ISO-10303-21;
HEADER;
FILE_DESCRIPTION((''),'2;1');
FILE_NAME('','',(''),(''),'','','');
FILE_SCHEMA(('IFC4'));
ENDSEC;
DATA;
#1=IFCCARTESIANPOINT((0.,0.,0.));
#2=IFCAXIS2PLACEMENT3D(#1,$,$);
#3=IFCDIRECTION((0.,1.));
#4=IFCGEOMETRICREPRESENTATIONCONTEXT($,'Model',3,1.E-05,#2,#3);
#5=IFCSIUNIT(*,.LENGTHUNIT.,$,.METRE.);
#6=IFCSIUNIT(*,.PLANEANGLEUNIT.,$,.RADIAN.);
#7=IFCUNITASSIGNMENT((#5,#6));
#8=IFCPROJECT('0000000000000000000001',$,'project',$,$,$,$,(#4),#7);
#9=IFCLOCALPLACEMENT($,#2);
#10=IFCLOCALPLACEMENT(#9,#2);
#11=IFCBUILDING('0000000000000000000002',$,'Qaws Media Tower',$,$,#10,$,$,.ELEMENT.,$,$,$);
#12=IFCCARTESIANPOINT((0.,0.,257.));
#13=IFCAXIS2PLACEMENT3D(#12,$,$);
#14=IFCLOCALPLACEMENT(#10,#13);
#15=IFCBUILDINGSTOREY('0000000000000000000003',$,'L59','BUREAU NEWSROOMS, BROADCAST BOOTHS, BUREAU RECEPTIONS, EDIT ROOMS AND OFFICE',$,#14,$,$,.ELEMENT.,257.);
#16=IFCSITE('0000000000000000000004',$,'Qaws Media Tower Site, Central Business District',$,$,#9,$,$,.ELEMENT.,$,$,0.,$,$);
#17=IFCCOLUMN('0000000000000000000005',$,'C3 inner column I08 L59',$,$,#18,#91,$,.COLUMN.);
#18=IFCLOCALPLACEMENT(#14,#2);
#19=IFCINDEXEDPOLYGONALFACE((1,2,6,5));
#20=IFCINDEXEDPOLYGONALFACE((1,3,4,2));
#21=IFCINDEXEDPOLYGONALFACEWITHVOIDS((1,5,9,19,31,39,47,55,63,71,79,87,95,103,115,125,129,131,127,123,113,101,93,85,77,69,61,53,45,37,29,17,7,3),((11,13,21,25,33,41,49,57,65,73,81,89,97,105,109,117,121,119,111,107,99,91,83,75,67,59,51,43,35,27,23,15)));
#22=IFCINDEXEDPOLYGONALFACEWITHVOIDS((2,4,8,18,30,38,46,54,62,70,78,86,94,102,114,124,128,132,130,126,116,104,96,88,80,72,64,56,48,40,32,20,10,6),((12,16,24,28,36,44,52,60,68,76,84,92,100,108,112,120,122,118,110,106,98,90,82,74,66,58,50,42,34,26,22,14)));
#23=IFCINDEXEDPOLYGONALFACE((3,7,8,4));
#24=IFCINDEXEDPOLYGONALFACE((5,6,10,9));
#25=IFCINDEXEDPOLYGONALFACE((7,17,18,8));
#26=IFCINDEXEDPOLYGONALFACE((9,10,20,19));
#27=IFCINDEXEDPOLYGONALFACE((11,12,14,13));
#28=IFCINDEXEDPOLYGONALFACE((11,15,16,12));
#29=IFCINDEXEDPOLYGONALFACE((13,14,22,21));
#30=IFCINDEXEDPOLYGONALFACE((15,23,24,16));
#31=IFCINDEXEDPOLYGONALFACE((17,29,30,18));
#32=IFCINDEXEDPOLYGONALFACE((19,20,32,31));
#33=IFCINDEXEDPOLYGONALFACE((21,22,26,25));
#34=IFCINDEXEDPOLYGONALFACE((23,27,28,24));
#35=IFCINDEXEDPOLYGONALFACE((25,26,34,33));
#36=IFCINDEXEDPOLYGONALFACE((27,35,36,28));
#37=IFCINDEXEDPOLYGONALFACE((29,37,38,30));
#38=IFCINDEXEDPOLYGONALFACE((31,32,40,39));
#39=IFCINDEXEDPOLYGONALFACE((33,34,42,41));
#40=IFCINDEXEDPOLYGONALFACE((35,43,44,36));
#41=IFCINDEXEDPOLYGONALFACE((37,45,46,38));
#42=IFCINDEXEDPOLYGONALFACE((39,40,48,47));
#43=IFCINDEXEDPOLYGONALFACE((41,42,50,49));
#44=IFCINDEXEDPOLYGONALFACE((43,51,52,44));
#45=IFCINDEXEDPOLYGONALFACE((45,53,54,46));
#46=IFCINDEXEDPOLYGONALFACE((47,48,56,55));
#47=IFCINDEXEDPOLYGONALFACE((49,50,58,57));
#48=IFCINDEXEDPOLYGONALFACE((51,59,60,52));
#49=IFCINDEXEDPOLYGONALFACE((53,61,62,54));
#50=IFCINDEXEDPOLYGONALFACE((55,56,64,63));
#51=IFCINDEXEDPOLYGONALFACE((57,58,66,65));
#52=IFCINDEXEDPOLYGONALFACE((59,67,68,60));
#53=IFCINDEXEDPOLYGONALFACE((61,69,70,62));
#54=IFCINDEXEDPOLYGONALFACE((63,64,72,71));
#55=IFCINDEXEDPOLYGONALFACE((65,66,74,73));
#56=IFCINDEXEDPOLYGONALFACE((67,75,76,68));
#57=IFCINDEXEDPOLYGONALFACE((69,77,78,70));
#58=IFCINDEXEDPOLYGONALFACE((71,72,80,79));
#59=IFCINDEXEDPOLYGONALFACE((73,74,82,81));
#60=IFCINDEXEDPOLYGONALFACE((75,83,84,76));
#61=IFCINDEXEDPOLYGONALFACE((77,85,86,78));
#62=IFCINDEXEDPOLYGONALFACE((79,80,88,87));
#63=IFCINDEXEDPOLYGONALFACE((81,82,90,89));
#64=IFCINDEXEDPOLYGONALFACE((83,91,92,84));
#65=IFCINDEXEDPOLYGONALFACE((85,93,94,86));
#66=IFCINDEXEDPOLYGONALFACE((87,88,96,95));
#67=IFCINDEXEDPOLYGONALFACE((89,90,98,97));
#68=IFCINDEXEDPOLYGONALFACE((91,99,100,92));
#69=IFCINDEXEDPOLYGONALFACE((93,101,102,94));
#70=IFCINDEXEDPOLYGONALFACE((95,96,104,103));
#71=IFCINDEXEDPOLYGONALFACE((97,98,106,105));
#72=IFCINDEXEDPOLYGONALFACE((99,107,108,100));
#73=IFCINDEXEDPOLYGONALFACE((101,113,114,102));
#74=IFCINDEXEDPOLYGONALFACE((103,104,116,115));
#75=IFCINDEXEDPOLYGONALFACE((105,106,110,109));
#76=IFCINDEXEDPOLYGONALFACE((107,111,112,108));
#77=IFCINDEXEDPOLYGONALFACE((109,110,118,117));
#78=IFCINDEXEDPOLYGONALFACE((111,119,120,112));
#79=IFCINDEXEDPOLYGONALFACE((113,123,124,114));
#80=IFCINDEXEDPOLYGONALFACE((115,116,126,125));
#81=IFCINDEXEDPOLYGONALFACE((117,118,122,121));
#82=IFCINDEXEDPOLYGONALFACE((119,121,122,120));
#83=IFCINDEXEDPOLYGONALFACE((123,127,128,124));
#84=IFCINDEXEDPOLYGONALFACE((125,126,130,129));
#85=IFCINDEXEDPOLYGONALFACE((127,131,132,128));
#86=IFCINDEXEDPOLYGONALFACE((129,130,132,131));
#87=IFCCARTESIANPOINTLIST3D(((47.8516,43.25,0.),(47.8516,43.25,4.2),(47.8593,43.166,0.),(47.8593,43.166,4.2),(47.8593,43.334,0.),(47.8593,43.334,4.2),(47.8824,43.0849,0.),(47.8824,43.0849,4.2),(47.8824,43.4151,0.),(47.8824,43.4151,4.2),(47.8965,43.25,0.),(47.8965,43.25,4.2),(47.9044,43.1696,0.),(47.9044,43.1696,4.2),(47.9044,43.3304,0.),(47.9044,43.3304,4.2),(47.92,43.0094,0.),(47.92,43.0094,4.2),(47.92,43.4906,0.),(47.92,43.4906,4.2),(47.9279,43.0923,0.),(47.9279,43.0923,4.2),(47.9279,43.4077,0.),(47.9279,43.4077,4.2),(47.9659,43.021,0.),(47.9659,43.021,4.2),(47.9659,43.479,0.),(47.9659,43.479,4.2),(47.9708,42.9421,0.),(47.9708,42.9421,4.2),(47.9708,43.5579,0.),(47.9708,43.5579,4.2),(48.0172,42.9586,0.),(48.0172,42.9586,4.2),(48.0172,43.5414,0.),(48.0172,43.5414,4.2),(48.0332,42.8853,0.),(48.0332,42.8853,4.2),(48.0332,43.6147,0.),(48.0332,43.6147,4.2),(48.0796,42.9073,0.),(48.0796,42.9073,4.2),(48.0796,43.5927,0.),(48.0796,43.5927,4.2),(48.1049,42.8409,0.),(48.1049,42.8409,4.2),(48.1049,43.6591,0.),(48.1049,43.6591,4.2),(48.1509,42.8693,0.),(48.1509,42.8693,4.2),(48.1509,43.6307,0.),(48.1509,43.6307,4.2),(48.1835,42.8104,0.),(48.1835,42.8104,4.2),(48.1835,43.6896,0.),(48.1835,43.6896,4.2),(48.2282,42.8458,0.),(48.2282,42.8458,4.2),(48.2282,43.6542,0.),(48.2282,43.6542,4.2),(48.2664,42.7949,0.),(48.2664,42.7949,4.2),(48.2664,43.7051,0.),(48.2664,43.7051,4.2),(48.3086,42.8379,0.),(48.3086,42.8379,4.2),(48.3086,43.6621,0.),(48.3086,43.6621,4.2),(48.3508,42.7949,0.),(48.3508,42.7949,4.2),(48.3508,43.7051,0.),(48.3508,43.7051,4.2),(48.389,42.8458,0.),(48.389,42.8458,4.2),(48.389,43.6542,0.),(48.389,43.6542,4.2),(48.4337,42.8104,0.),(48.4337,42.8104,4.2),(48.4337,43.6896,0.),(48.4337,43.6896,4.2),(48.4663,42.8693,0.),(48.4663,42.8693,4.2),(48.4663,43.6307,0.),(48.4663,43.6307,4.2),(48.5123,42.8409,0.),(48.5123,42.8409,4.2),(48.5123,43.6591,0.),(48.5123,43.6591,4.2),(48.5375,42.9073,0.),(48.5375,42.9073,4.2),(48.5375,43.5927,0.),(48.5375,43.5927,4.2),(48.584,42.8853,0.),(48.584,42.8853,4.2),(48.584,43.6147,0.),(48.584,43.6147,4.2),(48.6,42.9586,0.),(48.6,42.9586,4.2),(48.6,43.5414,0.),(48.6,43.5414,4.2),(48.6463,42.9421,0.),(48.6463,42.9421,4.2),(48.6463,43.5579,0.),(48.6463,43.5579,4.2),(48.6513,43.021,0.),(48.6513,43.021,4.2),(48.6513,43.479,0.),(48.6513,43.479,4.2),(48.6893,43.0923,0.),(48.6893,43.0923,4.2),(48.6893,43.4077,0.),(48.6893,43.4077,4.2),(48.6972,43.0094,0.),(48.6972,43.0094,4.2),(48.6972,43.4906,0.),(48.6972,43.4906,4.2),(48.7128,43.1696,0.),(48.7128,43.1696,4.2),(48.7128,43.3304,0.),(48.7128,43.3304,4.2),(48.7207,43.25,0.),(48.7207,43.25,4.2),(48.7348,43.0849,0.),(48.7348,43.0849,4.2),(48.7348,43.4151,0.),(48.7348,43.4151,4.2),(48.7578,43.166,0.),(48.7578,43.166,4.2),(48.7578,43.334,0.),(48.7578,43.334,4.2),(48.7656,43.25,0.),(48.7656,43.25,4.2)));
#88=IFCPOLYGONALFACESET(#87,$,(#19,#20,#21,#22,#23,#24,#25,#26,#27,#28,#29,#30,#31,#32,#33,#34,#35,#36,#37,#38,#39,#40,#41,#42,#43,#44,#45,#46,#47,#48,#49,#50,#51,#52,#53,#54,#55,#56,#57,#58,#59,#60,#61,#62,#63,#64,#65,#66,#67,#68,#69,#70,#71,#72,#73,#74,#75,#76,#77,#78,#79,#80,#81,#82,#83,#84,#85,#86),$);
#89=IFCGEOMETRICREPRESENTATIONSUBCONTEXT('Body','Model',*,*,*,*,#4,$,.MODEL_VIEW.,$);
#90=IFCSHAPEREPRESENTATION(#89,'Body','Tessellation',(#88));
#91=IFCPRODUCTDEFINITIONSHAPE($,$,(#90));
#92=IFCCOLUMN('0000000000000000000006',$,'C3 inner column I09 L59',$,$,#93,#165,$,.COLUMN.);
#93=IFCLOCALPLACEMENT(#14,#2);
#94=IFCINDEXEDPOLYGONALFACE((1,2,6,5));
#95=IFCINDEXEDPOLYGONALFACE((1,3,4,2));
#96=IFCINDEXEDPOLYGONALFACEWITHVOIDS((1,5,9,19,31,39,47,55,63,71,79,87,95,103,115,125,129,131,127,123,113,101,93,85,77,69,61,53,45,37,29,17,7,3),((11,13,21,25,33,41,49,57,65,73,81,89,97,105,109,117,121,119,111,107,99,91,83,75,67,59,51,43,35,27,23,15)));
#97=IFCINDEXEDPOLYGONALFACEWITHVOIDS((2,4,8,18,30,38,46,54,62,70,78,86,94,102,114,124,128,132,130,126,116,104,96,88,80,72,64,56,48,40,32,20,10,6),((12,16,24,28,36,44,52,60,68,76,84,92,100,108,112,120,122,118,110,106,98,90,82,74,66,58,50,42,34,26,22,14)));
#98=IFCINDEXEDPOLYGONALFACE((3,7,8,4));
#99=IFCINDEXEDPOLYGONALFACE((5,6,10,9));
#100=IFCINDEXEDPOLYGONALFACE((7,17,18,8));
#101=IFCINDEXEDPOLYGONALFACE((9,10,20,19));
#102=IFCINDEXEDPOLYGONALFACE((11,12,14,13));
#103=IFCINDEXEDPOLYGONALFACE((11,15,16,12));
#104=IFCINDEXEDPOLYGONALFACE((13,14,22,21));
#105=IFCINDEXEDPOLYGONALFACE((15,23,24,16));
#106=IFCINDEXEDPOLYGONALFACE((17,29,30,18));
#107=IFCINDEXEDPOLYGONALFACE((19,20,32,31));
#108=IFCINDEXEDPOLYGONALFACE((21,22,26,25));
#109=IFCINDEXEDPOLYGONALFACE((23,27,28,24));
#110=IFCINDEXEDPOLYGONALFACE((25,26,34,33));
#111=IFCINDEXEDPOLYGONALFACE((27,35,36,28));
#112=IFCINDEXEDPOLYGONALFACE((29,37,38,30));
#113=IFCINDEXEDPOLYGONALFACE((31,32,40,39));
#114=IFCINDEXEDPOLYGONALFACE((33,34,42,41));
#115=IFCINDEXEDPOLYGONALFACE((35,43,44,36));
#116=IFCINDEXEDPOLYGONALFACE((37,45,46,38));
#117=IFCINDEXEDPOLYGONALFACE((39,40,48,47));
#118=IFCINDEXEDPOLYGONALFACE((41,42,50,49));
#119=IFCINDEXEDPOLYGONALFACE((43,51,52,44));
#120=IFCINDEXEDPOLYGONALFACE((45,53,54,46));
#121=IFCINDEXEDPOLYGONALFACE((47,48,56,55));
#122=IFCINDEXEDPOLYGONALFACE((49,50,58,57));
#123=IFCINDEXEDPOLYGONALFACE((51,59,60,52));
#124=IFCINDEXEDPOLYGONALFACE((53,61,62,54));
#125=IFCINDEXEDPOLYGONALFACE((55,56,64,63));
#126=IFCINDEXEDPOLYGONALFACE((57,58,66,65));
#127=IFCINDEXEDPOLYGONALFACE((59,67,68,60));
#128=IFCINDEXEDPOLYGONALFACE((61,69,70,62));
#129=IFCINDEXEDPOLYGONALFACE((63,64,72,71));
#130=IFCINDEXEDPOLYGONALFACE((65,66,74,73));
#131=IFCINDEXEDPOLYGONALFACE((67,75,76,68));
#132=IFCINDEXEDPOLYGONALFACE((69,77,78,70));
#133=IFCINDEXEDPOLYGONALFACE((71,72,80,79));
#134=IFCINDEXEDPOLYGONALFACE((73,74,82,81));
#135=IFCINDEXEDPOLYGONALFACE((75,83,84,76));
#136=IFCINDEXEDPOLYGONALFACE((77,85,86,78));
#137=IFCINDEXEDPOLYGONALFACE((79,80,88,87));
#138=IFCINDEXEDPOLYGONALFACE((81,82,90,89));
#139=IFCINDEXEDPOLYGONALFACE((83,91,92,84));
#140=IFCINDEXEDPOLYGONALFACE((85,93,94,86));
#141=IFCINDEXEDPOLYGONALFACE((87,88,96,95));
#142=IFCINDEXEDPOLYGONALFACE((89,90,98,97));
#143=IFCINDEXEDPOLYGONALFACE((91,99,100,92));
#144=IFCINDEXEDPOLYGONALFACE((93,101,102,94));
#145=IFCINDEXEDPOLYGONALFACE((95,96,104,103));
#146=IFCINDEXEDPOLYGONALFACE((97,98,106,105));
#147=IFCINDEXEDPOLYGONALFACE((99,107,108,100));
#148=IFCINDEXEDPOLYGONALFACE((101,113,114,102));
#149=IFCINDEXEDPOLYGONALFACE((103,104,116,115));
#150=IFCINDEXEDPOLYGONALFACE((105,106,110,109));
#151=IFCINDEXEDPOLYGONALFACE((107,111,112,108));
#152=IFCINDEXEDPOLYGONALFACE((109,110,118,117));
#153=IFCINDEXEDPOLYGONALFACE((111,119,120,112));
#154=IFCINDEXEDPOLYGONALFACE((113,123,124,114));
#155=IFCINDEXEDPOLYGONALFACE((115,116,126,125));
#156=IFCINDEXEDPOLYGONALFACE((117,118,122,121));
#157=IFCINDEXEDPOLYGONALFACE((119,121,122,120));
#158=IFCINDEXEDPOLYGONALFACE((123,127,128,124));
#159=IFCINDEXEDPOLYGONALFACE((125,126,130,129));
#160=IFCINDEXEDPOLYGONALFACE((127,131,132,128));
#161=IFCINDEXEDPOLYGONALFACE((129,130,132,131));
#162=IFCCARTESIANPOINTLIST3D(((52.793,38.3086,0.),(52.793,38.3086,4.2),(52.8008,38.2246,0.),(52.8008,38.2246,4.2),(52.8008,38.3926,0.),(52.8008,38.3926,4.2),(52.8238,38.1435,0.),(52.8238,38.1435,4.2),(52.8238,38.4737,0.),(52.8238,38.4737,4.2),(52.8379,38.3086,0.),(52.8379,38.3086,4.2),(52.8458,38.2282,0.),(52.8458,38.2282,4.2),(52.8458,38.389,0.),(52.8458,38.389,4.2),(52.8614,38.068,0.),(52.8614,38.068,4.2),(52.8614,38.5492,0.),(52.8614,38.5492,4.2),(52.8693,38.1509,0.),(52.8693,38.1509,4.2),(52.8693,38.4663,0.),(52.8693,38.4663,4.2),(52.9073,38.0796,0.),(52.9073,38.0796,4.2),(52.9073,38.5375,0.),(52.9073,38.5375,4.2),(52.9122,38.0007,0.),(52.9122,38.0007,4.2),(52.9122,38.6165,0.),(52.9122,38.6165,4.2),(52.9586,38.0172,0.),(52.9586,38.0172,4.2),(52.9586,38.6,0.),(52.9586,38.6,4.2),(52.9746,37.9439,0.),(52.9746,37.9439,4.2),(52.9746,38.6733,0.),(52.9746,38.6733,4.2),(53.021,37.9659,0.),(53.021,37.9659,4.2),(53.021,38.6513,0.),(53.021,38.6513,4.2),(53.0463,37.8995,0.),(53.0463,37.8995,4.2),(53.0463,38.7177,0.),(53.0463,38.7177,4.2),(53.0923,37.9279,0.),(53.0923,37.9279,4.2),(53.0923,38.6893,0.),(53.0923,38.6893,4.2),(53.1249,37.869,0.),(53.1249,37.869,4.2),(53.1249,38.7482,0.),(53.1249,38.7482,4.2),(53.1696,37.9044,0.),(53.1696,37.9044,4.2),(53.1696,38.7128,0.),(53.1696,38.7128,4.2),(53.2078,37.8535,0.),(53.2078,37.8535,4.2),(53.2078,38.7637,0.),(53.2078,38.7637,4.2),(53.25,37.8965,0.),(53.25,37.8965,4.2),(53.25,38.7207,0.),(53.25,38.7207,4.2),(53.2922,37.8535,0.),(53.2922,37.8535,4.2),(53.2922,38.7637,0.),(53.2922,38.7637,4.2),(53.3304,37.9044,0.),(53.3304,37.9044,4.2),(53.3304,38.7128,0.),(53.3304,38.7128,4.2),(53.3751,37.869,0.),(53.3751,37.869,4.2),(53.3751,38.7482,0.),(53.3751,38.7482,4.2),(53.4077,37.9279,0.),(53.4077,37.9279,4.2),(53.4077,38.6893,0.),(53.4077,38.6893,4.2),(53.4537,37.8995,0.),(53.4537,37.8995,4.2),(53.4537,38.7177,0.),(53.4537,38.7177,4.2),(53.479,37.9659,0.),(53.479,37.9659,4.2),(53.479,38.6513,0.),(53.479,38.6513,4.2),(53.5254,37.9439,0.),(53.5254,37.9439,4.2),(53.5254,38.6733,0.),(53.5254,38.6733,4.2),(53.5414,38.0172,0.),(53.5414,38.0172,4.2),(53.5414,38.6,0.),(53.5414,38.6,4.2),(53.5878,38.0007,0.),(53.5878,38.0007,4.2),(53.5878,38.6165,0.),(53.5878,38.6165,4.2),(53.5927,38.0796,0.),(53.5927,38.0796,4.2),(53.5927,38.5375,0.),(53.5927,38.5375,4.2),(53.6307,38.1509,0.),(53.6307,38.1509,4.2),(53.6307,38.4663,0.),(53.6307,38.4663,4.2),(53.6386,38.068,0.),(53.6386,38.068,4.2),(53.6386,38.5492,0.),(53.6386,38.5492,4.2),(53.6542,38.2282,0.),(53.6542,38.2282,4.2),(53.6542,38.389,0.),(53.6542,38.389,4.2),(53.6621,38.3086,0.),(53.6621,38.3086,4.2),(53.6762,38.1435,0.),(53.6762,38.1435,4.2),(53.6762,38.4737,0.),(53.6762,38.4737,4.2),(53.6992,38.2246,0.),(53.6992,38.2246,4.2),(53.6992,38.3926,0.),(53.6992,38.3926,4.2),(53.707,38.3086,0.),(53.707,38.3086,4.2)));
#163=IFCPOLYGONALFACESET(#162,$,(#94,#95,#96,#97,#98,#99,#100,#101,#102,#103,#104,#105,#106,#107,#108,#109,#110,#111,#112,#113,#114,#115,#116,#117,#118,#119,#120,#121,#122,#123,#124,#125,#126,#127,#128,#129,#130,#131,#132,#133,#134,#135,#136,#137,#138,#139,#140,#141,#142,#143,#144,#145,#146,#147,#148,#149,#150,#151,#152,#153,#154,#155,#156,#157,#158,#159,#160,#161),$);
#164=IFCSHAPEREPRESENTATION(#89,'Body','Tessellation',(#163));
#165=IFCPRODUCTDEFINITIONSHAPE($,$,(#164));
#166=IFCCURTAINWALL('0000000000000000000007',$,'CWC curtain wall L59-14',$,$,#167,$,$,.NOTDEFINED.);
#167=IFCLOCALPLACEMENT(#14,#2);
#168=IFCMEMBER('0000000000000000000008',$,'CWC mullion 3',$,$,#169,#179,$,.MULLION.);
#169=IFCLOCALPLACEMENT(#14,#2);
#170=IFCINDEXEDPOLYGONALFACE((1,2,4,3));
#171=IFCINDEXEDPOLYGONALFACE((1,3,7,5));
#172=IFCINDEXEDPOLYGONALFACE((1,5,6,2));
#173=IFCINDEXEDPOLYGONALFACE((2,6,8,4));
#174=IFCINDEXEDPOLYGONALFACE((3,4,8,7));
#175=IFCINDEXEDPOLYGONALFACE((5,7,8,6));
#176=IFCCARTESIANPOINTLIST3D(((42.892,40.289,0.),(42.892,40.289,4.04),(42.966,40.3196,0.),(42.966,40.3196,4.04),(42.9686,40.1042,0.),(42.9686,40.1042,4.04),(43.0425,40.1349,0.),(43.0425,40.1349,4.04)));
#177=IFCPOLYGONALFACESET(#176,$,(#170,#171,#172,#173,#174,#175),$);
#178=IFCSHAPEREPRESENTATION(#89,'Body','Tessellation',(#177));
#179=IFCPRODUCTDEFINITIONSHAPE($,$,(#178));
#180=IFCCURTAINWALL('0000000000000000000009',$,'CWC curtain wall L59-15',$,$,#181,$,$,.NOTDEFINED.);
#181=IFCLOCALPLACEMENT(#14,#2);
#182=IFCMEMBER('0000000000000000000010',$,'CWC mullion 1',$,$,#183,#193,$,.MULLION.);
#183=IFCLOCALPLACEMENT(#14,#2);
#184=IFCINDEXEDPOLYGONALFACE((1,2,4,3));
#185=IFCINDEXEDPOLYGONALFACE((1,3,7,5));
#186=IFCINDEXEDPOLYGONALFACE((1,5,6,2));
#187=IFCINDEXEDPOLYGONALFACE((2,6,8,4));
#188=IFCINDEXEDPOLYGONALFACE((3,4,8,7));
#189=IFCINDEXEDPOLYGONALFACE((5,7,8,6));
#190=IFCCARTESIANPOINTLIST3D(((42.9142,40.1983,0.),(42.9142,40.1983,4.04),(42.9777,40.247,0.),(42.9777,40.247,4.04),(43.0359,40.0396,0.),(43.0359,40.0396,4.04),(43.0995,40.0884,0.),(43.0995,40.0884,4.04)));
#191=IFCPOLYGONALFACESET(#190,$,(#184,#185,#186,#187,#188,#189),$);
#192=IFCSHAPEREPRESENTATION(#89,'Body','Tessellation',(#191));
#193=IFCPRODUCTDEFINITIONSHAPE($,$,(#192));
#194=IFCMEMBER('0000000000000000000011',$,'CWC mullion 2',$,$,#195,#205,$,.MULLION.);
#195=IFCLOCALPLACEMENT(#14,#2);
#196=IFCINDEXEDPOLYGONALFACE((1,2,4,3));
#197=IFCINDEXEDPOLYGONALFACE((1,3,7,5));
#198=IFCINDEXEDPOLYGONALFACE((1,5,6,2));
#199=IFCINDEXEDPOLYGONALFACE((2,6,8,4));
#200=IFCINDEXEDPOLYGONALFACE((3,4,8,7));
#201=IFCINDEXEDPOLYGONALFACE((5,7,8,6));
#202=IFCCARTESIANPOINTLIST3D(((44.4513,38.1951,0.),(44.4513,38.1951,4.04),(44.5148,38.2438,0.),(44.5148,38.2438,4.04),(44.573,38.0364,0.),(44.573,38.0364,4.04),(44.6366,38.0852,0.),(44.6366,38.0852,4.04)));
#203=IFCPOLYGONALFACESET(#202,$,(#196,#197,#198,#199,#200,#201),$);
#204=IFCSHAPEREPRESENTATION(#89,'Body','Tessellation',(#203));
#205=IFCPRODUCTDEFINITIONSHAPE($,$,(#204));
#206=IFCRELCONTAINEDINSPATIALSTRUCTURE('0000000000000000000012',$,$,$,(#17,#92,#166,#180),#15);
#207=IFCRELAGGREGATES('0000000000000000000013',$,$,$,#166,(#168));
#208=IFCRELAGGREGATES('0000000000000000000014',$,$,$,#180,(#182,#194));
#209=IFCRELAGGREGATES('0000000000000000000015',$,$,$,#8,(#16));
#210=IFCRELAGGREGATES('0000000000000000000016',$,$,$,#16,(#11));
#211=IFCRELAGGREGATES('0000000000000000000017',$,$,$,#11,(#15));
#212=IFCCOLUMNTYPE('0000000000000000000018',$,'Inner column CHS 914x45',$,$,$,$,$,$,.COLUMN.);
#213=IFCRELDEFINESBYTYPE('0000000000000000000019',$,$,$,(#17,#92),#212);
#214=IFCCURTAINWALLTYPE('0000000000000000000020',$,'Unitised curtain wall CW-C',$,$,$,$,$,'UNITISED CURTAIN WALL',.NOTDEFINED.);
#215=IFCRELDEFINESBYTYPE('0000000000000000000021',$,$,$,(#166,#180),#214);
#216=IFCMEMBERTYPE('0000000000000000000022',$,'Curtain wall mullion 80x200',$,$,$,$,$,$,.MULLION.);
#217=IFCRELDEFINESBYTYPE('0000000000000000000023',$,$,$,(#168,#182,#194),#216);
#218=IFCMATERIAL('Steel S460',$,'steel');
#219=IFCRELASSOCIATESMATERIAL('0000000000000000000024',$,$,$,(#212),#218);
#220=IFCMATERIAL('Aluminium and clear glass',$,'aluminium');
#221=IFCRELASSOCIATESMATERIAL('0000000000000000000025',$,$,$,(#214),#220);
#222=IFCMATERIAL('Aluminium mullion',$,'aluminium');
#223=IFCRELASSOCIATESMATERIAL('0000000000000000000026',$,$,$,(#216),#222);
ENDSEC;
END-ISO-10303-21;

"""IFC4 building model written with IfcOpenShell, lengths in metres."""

from ifc_helpers import new_model, si_unit, direction, frame, origin, origin_2d, place, context, subcontext, project, spatial, rectangle, hollow_circle, extrude, material, material_profile, profile_set, type_object, element, aggregate, save


model = new_model("IFC4")

# Units and contexts
model_context = context("Model", 3, precision=1e-05, world=origin(), true_north=direction((0.0, 1.0)))
body_context = subcontext(model_context, "Body", "Model", "MODEL_VIEW")
ifc_project = project(units=[si_unit("LENGTHUNIT", "METRE"), si_unit("PLANEANGLEUNIT", "RADIAN")], contexts=[model_context])

# Site, building, storey
site_placement = place(None, origin())
site = spatial("IfcSite", under=ifc_project, at=site_placement, Name="Qaws Media Tower Site, Central Business District", CompositionType="ELEMENT", RefElevation=0.0)
building_placement = place(site_placement, origin())
building = spatial("IfcBuilding", under=site, at=building_placement, Name="Qaws Media Tower", CompositionType="ELEMENT")
storey_placement = place(building_placement, frame((0.0, 0.0, 257.0)))
storey = spatial("IfcBuildingStorey", under=building, at=storey_placement, Name="L59", Description="BUREAU NEWSROOMS, BROADCAST BOOTHS, BUREAU RECEPTIONS, EDIT ROOMS AND OFFICE", CompositionType="ELEMENT", Elevation=257.0)

# Columns
ifc_material_1 = material(Name="Steel S460", Category="steel")
ifc_material_profile_1 = material_profile(ifc_material_1, hollow_circle(Radius=0.457, WallThickness=0.0449, at=origin_2d()), Name="CHS 914x45")
ifc_profile_set_1 = profile_set([ifc_material_profile_1], Name="Steel S460")
column_type = type_object("IfcColumnType", Name="Inner column CHS 914x45", PredefinedType="COLUMN", material=ifc_profile_set_1)
for number, where, z_axis, x_axis, name in (
    (1, (48.3086, 43.25, 0.0), (0.0, 0.0, 1.0), (1.0, 0.0, 0.0), "C3 inner column I08 L59"),
    (2, (53.25, 38.3086, 0.0), (0.0, 0.0, 1.0), (1.0, 0.0, 0.0), "C3 inner column I09 L59"),
):
    element("IfcColumn", number, at=place(storey_placement, frame(where, z_axis=z_axis, x_axis=x_axis)), inside=storey, type_object=column_type, Name=name, PredefinedType="COLUMN", context=body_context, shape_type="SweptSolid", body=[
        extrude(hollow_circle(Radius=0.457, WallThickness=0.0449, at=origin_2d()), origin(), (0.0, 0.0, 1.0), 4.2),
    ])

# Curtain wall, member
ifc_material_2 = material(Name="Aluminium and clear glass", Category="aluminium")
curtain_wall_type = type_object("IfcCurtainWallType", Name="Unitised curtain wall CW-C", ElementType="UNITISED CURTAIN WALL", PredefinedType="NOTDEFINED", material=ifc_material_2)
curtain_wall_1_placement = place(storey_placement, origin())
curtain_wall_1 = element("IfcCurtainWall", 3, at=curtain_wall_1_placement, inside=storey, type_object=curtain_wall_type, Name="CWC curtain wall L59-14", PredefinedType="NOTDEFINED")
ifc_material_3 = material(Name="Aluminium mullion", Category="aluminium")
ifc_material_profile_2 = material_profile(ifc_material_3, rectangle(XDim=0.0801, YDim=0.2, at=origin_2d()), Name="80x200")
ifc_profile_set_2 = profile_set([ifc_material_profile_2], Name="Aluminium mullion")
member_type_1 = type_object("IfcMemberType", Name="Curtain wall mullion 80x200", PredefinedType="MULLION", material=ifc_profile_set_2)
member_1_placement = place(storey_placement, frame((42.9673, 40.2119, 0.0), z_axis=(0.0, 0.0, 1.0), x_axis=(0.92388, 0.382683, 0.0)))
member_1 = element("IfcMember", 4, at=member_1_placement, type_object=member_type_1, Name="CWC mullion 3", PredefinedType="MULLION", context=body_context, shape_type="SweptSolid", body=[
    extrude(rectangle(XDim=0.0801, YDim=0.2, at=origin_2d()), origin(), (0.0, 0.0, 1.0), 4.04),
])

# Curtain wall, members
curtain_wall_2_placement = place(storey_placement, origin())
curtain_wall_2 = element("IfcCurtainWall", 5, at=curtain_wall_2_placement, inside=storey, type_object=curtain_wall_type, Name="CWC curtain wall L59-15", PredefinedType="NOTDEFINED")
member_2_placement = place(storey_placement, frame((43.0068, 40.1433, 0.0), z_axis=(0.0, 0.0, 1.0), x_axis=(0.793353, 0.608761, 0.0)))
member_2 = element("IfcMember", 6, at=member_2_placement, type_object=member_type_1, Name="CWC mullion 1", PredefinedType="MULLION", context=body_context, shape_type="SweptSolid", body=[
    extrude(rectangle(XDim=0.0801, YDim=0.2, at=origin_2d()), origin(), (0.0, 0.0, 1.0), 4.04),
])
member_3_placement = place(storey_placement, frame((44.5439, 38.1401, 0.0), z_axis=(0.0, 0.0, 1.0), x_axis=(0.793353, 0.608761, 0.0)))
member_3 = element("IfcMember", 7, at=member_3_placement, type_object=member_type_1, Name="CWC mullion 2", PredefinedType="MULLION", context=body_context, shape_type="SweptSolid", body=[
    extrude(rectangle(XDim=0.0801, YDim=0.2, at=origin_2d()), origin(), (0.0, 0.0, 1.0), 4.04),
])

aggregate(curtain_wall_1, [member_1])
aggregate(curtain_wall_2, [member_2, member_3])

save(model, "model.ifc")
